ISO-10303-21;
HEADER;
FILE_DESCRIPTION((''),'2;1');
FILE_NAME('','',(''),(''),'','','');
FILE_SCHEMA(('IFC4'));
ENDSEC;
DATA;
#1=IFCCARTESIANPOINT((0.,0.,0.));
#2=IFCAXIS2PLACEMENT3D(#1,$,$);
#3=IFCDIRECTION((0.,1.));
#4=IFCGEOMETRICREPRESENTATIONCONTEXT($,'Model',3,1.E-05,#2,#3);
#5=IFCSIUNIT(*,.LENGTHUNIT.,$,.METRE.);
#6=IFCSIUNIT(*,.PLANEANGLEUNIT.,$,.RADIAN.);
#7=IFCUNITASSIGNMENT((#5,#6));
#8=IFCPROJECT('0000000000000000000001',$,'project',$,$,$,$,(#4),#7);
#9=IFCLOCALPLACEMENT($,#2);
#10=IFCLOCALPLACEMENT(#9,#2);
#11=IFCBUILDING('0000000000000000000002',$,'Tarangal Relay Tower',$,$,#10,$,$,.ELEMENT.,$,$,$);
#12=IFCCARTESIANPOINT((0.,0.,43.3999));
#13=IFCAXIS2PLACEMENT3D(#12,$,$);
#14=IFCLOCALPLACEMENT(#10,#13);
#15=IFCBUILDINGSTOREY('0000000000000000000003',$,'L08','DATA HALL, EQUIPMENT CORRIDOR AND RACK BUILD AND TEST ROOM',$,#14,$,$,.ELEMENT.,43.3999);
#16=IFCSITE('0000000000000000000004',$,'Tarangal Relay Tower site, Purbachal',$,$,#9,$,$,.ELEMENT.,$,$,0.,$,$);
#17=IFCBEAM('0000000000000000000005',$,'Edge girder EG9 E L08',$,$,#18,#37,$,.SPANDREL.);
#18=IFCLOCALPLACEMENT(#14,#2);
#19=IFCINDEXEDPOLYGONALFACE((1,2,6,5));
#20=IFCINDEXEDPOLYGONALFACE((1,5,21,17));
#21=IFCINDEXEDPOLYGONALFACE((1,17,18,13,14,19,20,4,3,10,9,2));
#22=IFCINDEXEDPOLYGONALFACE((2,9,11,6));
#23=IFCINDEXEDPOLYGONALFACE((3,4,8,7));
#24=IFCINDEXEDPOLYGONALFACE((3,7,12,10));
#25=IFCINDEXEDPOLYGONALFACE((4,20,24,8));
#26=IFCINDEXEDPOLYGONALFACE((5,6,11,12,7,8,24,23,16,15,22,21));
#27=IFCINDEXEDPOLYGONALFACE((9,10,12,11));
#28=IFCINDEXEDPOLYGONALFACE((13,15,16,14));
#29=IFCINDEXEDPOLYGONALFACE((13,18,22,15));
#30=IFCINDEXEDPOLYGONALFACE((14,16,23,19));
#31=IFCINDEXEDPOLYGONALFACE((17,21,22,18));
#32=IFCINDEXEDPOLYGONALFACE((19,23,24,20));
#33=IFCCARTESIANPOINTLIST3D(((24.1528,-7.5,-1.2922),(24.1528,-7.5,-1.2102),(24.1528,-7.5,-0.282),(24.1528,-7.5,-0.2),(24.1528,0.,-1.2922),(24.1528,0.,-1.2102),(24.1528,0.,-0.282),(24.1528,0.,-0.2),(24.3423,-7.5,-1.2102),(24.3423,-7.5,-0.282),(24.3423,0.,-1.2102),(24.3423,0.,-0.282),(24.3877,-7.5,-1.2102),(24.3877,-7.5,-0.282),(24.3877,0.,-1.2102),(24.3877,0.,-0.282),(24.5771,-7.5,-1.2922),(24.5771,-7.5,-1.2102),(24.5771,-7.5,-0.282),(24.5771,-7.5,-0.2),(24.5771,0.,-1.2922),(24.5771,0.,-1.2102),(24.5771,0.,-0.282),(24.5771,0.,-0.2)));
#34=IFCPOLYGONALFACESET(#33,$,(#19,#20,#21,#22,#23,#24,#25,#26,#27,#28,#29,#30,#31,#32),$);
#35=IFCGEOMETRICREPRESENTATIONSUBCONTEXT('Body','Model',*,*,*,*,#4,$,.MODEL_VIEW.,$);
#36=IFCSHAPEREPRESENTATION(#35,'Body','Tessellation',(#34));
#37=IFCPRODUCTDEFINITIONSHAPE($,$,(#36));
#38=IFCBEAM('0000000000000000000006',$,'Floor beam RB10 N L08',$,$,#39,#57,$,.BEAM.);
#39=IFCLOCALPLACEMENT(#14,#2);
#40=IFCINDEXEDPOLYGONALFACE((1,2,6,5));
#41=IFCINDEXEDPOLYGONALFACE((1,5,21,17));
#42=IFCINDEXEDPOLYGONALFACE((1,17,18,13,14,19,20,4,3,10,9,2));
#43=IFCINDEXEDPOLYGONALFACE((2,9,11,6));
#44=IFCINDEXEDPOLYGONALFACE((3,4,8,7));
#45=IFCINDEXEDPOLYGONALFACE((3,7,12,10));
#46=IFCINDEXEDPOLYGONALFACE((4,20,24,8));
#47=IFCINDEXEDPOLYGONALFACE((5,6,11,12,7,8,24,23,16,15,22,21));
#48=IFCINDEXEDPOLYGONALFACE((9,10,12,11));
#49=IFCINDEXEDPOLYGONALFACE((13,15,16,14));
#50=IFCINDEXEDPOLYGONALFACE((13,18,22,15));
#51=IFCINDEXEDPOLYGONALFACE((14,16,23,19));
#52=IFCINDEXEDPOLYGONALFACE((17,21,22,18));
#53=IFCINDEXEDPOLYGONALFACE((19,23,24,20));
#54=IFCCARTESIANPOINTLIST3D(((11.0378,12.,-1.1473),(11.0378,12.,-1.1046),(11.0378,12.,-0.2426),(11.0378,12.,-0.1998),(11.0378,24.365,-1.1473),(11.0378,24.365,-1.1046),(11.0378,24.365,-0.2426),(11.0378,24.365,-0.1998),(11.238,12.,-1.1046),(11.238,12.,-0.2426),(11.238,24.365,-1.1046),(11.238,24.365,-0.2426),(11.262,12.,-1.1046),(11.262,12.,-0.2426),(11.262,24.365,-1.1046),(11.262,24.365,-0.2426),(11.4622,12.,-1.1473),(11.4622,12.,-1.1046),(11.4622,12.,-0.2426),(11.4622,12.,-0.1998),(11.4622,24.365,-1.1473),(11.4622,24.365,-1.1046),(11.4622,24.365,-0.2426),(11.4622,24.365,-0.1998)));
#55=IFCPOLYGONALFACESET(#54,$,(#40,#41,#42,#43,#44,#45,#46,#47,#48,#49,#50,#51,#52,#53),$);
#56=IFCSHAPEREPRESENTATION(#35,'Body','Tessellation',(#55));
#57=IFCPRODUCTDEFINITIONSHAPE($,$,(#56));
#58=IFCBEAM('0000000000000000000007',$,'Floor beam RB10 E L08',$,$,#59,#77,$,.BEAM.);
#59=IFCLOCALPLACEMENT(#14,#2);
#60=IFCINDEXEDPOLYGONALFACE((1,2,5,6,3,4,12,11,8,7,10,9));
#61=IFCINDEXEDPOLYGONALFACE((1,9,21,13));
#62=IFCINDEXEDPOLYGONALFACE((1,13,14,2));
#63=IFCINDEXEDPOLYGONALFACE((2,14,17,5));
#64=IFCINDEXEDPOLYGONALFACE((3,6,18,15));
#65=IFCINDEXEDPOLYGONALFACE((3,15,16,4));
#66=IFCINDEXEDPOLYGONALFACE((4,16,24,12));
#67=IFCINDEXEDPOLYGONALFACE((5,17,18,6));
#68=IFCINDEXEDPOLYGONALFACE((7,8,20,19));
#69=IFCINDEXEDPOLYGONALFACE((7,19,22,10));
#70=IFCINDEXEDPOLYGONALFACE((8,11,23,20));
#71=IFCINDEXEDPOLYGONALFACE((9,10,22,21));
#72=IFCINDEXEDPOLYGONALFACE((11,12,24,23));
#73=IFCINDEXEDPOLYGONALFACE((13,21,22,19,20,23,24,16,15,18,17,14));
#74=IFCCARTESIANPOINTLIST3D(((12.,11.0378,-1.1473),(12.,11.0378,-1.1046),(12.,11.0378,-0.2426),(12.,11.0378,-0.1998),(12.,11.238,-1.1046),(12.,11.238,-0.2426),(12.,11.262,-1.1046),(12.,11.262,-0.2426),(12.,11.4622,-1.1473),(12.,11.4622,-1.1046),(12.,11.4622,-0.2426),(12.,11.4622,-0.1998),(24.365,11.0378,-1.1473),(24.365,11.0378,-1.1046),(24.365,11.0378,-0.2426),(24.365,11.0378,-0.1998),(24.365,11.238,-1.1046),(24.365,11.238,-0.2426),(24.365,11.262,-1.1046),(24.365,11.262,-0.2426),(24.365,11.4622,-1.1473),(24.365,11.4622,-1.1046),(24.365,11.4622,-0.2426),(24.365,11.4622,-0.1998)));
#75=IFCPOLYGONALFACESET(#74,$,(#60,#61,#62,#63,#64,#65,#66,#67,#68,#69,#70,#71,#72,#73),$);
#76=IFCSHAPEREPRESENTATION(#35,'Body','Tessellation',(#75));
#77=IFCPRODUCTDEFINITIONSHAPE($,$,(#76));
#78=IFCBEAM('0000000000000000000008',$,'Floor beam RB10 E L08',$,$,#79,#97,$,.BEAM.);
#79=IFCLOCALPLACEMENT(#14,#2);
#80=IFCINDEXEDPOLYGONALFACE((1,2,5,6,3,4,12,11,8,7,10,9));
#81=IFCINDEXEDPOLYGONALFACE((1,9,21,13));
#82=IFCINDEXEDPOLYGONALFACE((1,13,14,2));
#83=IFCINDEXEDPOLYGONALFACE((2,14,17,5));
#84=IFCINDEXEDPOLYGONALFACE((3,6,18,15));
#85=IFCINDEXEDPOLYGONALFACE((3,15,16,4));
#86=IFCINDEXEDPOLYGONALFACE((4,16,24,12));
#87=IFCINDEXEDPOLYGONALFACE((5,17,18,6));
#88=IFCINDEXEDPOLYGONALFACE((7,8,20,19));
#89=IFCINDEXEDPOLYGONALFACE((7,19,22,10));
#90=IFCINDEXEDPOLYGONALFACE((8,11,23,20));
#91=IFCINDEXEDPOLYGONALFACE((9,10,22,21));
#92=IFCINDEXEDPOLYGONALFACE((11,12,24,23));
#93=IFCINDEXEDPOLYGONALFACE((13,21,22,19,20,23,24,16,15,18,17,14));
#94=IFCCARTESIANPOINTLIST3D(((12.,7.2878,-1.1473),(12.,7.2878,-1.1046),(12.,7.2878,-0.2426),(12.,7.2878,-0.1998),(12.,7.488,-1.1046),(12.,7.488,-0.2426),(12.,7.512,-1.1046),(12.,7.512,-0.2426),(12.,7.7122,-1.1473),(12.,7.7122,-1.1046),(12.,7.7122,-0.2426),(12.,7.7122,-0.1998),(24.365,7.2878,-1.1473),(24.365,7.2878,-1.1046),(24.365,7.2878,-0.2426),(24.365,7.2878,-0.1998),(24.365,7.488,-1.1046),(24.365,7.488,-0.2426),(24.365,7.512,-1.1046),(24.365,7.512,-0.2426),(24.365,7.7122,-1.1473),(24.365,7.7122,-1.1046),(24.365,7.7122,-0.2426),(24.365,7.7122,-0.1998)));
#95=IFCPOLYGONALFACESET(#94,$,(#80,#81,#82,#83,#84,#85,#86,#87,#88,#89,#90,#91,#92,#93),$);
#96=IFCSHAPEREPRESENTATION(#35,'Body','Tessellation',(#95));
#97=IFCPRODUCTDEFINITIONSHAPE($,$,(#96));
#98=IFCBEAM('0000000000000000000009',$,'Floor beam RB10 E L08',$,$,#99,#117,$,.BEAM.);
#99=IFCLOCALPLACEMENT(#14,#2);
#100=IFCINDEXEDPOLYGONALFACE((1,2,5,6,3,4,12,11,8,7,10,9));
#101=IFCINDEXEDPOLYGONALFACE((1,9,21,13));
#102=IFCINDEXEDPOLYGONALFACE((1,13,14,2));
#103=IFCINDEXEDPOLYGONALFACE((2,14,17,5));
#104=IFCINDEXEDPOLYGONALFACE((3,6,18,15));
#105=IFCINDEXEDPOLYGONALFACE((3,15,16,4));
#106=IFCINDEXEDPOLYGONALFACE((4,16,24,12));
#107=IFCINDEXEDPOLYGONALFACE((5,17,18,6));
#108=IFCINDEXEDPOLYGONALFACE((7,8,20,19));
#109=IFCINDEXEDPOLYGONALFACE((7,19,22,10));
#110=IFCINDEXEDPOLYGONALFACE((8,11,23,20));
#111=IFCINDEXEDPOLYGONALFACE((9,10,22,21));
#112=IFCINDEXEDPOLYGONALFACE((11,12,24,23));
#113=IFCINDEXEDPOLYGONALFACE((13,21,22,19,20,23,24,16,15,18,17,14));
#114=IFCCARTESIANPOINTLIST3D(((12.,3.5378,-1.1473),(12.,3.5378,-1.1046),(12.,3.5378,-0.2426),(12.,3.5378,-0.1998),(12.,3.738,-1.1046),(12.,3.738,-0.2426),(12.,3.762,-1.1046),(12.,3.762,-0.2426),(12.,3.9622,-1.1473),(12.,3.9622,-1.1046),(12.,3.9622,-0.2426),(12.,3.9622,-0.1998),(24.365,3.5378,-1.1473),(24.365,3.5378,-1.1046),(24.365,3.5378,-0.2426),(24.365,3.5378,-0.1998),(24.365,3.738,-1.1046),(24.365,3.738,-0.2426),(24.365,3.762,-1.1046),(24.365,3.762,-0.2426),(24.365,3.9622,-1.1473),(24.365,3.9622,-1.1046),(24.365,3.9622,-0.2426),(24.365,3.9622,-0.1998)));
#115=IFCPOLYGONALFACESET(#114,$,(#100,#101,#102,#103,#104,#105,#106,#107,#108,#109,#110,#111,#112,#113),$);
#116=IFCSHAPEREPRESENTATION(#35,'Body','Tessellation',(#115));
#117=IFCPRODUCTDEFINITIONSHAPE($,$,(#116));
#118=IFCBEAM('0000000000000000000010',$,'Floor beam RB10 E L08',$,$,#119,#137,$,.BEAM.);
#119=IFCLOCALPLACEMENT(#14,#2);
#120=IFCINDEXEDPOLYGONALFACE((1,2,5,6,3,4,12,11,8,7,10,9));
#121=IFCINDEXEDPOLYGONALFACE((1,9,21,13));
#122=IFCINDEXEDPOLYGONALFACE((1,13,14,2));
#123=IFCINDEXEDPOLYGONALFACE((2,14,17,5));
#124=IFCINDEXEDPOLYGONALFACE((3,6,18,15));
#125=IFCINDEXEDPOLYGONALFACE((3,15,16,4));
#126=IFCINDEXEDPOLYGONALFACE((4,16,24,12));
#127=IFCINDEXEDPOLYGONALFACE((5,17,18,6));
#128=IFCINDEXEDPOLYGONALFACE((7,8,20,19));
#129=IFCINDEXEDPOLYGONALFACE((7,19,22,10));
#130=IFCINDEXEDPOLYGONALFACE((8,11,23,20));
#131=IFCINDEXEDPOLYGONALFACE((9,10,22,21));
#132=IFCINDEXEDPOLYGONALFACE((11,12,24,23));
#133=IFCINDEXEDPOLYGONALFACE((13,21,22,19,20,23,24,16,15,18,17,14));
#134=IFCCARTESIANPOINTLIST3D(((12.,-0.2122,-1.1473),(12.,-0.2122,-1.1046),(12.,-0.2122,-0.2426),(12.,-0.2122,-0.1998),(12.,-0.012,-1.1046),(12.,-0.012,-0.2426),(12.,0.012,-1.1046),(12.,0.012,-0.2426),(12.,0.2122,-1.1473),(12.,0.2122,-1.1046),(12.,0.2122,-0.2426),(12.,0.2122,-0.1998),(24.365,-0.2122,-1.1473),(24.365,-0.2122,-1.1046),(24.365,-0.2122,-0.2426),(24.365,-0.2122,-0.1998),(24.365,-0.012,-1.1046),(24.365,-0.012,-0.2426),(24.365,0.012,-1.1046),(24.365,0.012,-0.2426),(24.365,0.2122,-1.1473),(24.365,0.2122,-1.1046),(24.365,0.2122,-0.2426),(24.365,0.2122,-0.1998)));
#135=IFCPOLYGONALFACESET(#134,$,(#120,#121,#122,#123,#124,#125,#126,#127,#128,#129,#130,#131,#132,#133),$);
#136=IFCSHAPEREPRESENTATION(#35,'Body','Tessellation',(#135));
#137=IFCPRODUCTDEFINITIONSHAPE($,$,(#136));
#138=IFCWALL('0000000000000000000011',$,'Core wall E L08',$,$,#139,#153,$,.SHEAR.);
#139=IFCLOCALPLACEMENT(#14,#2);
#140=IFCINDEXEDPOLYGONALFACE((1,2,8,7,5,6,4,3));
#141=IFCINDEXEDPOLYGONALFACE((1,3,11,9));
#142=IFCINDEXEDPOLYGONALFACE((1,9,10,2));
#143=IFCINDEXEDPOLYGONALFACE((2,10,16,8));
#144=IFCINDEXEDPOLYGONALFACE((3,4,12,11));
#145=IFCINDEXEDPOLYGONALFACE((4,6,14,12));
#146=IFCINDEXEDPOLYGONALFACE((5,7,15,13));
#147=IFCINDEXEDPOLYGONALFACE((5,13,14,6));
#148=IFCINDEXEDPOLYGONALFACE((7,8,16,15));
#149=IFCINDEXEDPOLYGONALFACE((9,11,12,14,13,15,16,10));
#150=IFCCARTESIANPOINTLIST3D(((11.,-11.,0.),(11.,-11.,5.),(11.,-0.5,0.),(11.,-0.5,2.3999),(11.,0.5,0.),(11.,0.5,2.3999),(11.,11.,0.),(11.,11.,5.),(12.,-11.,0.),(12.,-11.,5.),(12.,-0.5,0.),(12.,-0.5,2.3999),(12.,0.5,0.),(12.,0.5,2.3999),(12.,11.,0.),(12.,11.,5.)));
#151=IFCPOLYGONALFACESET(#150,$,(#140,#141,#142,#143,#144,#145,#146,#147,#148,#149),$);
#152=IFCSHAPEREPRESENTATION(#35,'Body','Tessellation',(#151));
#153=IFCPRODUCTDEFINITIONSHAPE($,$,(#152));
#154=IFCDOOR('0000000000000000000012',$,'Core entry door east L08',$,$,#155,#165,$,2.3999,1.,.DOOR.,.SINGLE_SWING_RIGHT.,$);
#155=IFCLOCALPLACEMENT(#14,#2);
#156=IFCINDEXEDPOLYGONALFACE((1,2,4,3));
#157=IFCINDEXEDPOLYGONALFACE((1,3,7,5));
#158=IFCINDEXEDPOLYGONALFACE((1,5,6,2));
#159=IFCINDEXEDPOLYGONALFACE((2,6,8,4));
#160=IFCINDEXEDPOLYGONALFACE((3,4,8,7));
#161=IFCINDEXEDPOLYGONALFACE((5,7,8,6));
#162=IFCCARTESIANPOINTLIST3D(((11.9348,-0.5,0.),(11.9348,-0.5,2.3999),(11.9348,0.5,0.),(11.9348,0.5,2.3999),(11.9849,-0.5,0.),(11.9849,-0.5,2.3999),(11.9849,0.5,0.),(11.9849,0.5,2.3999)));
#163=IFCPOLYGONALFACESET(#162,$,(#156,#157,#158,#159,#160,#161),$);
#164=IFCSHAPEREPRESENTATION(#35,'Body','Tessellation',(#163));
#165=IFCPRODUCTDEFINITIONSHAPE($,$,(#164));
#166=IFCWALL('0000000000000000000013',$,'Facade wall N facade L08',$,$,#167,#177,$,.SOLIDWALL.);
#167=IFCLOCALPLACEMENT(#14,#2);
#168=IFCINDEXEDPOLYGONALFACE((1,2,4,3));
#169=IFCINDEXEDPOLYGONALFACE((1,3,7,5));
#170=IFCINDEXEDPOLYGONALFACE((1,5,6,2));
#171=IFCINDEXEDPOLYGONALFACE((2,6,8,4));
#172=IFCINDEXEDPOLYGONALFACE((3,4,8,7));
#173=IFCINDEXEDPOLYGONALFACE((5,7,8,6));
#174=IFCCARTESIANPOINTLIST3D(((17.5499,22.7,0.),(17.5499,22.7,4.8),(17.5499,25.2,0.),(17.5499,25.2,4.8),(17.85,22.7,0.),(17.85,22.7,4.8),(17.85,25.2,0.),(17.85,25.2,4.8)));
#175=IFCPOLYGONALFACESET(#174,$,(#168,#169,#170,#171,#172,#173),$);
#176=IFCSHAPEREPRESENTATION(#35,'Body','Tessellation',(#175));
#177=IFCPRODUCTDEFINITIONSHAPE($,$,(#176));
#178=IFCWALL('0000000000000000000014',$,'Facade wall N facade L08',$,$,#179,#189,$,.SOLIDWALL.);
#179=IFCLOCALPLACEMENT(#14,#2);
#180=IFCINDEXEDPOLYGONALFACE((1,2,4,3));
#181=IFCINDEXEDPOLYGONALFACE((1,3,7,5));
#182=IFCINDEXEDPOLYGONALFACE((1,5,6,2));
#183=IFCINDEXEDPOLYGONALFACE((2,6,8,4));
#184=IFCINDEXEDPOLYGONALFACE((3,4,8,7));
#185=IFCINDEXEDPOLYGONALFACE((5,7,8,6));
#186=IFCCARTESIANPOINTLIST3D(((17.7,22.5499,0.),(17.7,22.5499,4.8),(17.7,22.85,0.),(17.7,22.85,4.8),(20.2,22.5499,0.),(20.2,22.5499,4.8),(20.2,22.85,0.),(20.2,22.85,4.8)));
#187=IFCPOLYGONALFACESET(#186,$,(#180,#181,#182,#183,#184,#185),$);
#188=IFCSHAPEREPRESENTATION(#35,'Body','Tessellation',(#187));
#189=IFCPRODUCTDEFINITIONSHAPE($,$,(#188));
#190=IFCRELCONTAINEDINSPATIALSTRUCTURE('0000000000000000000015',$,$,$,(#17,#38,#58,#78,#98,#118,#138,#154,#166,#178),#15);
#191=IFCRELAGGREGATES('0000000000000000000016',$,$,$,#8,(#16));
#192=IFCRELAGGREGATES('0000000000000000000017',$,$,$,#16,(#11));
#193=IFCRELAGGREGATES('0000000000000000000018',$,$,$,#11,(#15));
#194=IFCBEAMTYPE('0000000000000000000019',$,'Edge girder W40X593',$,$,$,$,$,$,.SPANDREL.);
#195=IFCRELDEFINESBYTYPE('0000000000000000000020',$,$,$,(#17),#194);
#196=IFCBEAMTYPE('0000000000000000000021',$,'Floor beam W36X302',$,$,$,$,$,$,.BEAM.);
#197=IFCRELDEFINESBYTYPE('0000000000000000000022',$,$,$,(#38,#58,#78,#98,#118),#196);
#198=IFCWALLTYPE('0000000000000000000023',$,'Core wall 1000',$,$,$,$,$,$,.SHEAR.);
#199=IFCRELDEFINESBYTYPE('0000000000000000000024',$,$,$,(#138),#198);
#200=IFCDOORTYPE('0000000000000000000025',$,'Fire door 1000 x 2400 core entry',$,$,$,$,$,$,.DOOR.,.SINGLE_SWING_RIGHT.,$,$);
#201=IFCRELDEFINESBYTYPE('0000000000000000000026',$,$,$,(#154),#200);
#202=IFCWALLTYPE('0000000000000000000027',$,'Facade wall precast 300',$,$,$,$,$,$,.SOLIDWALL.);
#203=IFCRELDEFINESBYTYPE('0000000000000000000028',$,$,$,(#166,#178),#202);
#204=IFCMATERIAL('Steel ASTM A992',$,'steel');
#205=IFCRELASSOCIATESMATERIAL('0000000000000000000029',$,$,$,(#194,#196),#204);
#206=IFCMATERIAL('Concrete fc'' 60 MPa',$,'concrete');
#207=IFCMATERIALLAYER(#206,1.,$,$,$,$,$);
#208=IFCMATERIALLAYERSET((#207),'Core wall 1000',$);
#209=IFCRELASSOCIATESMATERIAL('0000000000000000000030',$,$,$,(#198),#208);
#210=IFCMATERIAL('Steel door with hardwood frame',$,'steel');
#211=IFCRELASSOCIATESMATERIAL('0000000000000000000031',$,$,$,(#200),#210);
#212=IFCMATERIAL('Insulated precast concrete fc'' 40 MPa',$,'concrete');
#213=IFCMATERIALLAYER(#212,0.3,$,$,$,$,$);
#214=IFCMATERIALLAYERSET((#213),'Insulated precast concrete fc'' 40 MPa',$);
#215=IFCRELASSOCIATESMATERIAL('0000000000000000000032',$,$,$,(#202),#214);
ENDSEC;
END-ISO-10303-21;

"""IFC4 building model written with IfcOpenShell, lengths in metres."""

from ifc_helpers import new_model, si_unit, direction, frame, frame_2d, origin, origin_2d, place, context, subcontext, project, spatial, rectangle, i_section, extrude, material, layer, layer_set, material_profile, profile_set, type_object, element, fill, save


model = new_model("IFC4")

# Units and contexts
model_context = context("Model", 3, precision=1e-05, world=origin(), true_north=direction((0.0, 1.0)))
body_context = subcontext(model_context, "Body", "Model", "MODEL_VIEW")
ifc_project = project(units=[si_unit("LENGTHUNIT", "METRE"), si_unit("PLANEANGLEUNIT", "RADIAN")], contexts=[model_context])

# Site, building, storey
site_placement = place(None, origin())
site = spatial("IfcSite", under=ifc_project, at=site_placement, Name="Tarangal Relay Tower site, Purbachal", CompositionType="ELEMENT", RefElevation=0.0)
building_placement = place(site_placement, origin())
building = spatial("IfcBuilding", under=site, at=building_placement, Name="Tarangal Relay Tower", CompositionType="ELEMENT")
storey_placement = place(building_placement, frame((0.0, 0.0, 43.3999)))
storey = spatial("IfcBuildingStorey", under=building, at=storey_placement, Name="L08", Description="DATA HALL, EQUIPMENT CORRIDOR AND RACK BUILD AND TEST ROOM", CompositionType="ELEMENT", Elevation=43.3999)

# Beams
ifc_material_1 = material(Name="Steel ASTM A992", Category="steel")
ifc_material_profile_1 = material_profile(ifc_material_1, i_section(OverallWidth=0.4243, OverallDepth=1.0923, WebThickness=0.0454, FlangeThickness=0.082, at=origin_2d()), Name="W40X593")
ifc_profile_set_1 = profile_set([ifc_material_profile_1], Name="Steel ASTM A992")
beam_type_1 = type_object("IfcBeamType", Name="Edge girder W40X593", PredefinedType="SPANDREL", material=ifc_profile_set_1)
for number, where, z_axis, x_axis, name in (
    (1, (24.365, 0.0, -0.7461), (0.0, -1.0, 0.0), (1.0, 0.0, 0.0), "Edge girder EG9 E L08"),
):
    element("IfcBeam", number, at=place(storey_placement, frame(where, z_axis=z_axis, x_axis=x_axis)), inside=storey, type_object=beam_type_1, Name=name, PredefinedType="SPANDREL", context=body_context, shape_type="SweptSolid", body=[
        extrude(i_section(OverallWidth=0.4243, OverallDepth=1.0923, WebThickness=0.0454, FlangeThickness=0.082, at=origin_2d()), origin(), (0.0, 0.0, 1.0), 7.5),
    ])
ifc_material_profile_2 = material_profile(ifc_material_1, i_section(OverallWidth=0.4243, OverallDepth=0.9475, WebThickness=0.0239, FlangeThickness=0.0427, at=origin_2d()), Name="W36X302")
ifc_profile_set_2 = profile_set([ifc_material_profile_2], Name="Steel ASTM A992")
beam_type_2 = type_object("IfcBeamType", Name="Floor beam W36X302", PredefinedType="BEAM", material=ifc_profile_set_2)
for number, where, z_axis, x_axis, name in (
    (2, (11.25, 12.0, -0.6736), (0.0, 1.0, 0.0), (-1.0, 0.0, 0.0), "Floor beam RB10 N L08"),
    (3, (12.0, 11.25, -0.6736), (1.0, 0.0, 0.0), (0.0, 1.0, 0.0), "Floor beam RB10 E L08"),
    (4, (12.0, 7.5, -0.6736), (1.0, 0.0, 0.0), (0.0, 1.0, 0.0), "Floor beam RB10 E L08"),
    (5, (12.0, 3.75, -0.6736), (1.0, 0.0, 0.0), (0.0, 1.0, 0.0), "Floor beam RB10 E L08"),
    (6, (12.0, 0.0, -0.6736), (1.0, 0.0, 0.0), (0.0, 1.0, 0.0), "Floor beam RB10 E L08"),
):
    element("IfcBeam", number, at=place(storey_placement, frame(where, z_axis=z_axis, x_axis=x_axis)), inside=storey, type_object=beam_type_2, Name=name, PredefinedType="BEAM", context=body_context, shape_type="SweptSolid", body=[
        extrude(i_section(OverallWidth=0.4243, OverallDepth=0.9475, WebThickness=0.0239, FlangeThickness=0.0427, at=origin_2d()), origin(), (0.0, 0.0, 1.0), 12.365),
    ])

# Wall, opening, door
ifc_material_2 = material(Name="Concrete fc' 60 MPa", Category="concrete")
ifc_layer_1 = layer(ifc_material_2, 1.0)
ifc_layer_set_1 = layer_set([ifc_layer_1], Name="Core wall 1000")
wall_type_1 = type_object("IfcWallType", Name="Core wall 1000", PredefinedType="SHEAR", material=ifc_layer_set_1)
wall_1_placement = place(storey_placement, frame((11.5, 11.0, 0.0), z_axis=(0.0, 0.0, 1.0), x_axis=(0.0, -1.0, 0.0)))
wall_1 = element("IfcWall", 7, at=wall_1_placement, inside=storey, type_object=wall_type_1, Name="Core wall E L08", PredefinedType="SHEAR", context=body_context, shape_type="SweptSolid", body=[
    extrude(rectangle(XDim=22.0, YDim=1.0, at=frame_2d((11.0, 0.0))), origin(), (0.0, 0.0, 1.0), 5.0),
])
opening_1_placement = place(wall_1_placement, frame((10.5, 0.0, 0.0)))
opening_1 = element("IfcOpeningElement", 8, at=opening_1_placement, cuts=wall_1, PredefinedType="OPENING", context=body_context, shape_type="SweptSolid", body=[
    extrude(rectangle(XDim=1.0, YDim=2.3999, at=frame_2d((0.5, 1.2))), frame((0.0, 0.51, 0.0), z_axis=(0.0, -1.0, 0.0), x_axis=(1.0, 0.0, 0.0)), (0.0, 0.0, 1.0), 1.02),
])
ifc_material_3 = material(Name="Steel door with hardwood frame", Category="steel")
door_type_1 = type_object("IfcDoorType", Name="Fire door 1000 x 2400 core entry", OperationType="SINGLE_SWING_RIGHT", PredefinedType="DOOR", material=ifc_material_3)
door_1_placement = place(opening_1_placement, origin())
door_1 = element("IfcDoor", 9, at=door_1_placement, inside=storey, type_object=door_type_1, Name="Core entry door east L08", OperationType="SINGLE_SWING_RIGHT", OverallHeight=2.3999, OverallWidth=1.0, PredefinedType="DOOR", context=body_context, shape_type="SweptSolid", body=[
    extrude(rectangle(XDim=1.0, YDim=2.3999, at=frame_2d((0.5, 1.2))), frame((0.0, 0.4849, 0.0), z_axis=(0.0, -1.0, 0.0), x_axis=(1.0, 0.0, 0.0)), (0.0, 0.0, 1.0), 0.05),
])
fill(opening_1, door_1)

# Walls
ifc_material_4 = material(Name="Insulated precast concrete fc' 40 MPa", Category="concrete")
ifc_layer_2 = layer(ifc_material_4, 0.3)
ifc_layer_set_2 = layer_set([ifc_layer_2], Name="Insulated precast concrete fc' 40 MPa")
wall_type_2 = type_object("IfcWallType", Name="Facade wall precast 300", PredefinedType="SOLIDWALL", material=ifc_layer_set_2)
for number, where, z_axis, x_axis, name in (
    (10, (17.7, 25.2, 0.0), (0.0, 0.0, 1.0), (0.0, -1.0, 0.0), "Facade wall N facade L08"),
    (11, (17.7, 22.7, 0.0), (0.0, 0.0, 1.0), (1.0, 0.0, 0.0), "Facade wall N facade L08"),
):
    element("IfcWall", number, at=place(storey_placement, frame(where, z_axis=z_axis, x_axis=x_axis)), inside=storey, type_object=wall_type_2, Name=name, PredefinedType="SOLIDWALL", context=body_context, shape_type="SweptSolid", body=[
        extrude(rectangle(XDim=2.5, YDim=0.3, at=frame_2d((1.25, 0.0))), origin(), (0.0, 0.0, 1.0), 4.8),
    ])

save(model, "model.ifc")
